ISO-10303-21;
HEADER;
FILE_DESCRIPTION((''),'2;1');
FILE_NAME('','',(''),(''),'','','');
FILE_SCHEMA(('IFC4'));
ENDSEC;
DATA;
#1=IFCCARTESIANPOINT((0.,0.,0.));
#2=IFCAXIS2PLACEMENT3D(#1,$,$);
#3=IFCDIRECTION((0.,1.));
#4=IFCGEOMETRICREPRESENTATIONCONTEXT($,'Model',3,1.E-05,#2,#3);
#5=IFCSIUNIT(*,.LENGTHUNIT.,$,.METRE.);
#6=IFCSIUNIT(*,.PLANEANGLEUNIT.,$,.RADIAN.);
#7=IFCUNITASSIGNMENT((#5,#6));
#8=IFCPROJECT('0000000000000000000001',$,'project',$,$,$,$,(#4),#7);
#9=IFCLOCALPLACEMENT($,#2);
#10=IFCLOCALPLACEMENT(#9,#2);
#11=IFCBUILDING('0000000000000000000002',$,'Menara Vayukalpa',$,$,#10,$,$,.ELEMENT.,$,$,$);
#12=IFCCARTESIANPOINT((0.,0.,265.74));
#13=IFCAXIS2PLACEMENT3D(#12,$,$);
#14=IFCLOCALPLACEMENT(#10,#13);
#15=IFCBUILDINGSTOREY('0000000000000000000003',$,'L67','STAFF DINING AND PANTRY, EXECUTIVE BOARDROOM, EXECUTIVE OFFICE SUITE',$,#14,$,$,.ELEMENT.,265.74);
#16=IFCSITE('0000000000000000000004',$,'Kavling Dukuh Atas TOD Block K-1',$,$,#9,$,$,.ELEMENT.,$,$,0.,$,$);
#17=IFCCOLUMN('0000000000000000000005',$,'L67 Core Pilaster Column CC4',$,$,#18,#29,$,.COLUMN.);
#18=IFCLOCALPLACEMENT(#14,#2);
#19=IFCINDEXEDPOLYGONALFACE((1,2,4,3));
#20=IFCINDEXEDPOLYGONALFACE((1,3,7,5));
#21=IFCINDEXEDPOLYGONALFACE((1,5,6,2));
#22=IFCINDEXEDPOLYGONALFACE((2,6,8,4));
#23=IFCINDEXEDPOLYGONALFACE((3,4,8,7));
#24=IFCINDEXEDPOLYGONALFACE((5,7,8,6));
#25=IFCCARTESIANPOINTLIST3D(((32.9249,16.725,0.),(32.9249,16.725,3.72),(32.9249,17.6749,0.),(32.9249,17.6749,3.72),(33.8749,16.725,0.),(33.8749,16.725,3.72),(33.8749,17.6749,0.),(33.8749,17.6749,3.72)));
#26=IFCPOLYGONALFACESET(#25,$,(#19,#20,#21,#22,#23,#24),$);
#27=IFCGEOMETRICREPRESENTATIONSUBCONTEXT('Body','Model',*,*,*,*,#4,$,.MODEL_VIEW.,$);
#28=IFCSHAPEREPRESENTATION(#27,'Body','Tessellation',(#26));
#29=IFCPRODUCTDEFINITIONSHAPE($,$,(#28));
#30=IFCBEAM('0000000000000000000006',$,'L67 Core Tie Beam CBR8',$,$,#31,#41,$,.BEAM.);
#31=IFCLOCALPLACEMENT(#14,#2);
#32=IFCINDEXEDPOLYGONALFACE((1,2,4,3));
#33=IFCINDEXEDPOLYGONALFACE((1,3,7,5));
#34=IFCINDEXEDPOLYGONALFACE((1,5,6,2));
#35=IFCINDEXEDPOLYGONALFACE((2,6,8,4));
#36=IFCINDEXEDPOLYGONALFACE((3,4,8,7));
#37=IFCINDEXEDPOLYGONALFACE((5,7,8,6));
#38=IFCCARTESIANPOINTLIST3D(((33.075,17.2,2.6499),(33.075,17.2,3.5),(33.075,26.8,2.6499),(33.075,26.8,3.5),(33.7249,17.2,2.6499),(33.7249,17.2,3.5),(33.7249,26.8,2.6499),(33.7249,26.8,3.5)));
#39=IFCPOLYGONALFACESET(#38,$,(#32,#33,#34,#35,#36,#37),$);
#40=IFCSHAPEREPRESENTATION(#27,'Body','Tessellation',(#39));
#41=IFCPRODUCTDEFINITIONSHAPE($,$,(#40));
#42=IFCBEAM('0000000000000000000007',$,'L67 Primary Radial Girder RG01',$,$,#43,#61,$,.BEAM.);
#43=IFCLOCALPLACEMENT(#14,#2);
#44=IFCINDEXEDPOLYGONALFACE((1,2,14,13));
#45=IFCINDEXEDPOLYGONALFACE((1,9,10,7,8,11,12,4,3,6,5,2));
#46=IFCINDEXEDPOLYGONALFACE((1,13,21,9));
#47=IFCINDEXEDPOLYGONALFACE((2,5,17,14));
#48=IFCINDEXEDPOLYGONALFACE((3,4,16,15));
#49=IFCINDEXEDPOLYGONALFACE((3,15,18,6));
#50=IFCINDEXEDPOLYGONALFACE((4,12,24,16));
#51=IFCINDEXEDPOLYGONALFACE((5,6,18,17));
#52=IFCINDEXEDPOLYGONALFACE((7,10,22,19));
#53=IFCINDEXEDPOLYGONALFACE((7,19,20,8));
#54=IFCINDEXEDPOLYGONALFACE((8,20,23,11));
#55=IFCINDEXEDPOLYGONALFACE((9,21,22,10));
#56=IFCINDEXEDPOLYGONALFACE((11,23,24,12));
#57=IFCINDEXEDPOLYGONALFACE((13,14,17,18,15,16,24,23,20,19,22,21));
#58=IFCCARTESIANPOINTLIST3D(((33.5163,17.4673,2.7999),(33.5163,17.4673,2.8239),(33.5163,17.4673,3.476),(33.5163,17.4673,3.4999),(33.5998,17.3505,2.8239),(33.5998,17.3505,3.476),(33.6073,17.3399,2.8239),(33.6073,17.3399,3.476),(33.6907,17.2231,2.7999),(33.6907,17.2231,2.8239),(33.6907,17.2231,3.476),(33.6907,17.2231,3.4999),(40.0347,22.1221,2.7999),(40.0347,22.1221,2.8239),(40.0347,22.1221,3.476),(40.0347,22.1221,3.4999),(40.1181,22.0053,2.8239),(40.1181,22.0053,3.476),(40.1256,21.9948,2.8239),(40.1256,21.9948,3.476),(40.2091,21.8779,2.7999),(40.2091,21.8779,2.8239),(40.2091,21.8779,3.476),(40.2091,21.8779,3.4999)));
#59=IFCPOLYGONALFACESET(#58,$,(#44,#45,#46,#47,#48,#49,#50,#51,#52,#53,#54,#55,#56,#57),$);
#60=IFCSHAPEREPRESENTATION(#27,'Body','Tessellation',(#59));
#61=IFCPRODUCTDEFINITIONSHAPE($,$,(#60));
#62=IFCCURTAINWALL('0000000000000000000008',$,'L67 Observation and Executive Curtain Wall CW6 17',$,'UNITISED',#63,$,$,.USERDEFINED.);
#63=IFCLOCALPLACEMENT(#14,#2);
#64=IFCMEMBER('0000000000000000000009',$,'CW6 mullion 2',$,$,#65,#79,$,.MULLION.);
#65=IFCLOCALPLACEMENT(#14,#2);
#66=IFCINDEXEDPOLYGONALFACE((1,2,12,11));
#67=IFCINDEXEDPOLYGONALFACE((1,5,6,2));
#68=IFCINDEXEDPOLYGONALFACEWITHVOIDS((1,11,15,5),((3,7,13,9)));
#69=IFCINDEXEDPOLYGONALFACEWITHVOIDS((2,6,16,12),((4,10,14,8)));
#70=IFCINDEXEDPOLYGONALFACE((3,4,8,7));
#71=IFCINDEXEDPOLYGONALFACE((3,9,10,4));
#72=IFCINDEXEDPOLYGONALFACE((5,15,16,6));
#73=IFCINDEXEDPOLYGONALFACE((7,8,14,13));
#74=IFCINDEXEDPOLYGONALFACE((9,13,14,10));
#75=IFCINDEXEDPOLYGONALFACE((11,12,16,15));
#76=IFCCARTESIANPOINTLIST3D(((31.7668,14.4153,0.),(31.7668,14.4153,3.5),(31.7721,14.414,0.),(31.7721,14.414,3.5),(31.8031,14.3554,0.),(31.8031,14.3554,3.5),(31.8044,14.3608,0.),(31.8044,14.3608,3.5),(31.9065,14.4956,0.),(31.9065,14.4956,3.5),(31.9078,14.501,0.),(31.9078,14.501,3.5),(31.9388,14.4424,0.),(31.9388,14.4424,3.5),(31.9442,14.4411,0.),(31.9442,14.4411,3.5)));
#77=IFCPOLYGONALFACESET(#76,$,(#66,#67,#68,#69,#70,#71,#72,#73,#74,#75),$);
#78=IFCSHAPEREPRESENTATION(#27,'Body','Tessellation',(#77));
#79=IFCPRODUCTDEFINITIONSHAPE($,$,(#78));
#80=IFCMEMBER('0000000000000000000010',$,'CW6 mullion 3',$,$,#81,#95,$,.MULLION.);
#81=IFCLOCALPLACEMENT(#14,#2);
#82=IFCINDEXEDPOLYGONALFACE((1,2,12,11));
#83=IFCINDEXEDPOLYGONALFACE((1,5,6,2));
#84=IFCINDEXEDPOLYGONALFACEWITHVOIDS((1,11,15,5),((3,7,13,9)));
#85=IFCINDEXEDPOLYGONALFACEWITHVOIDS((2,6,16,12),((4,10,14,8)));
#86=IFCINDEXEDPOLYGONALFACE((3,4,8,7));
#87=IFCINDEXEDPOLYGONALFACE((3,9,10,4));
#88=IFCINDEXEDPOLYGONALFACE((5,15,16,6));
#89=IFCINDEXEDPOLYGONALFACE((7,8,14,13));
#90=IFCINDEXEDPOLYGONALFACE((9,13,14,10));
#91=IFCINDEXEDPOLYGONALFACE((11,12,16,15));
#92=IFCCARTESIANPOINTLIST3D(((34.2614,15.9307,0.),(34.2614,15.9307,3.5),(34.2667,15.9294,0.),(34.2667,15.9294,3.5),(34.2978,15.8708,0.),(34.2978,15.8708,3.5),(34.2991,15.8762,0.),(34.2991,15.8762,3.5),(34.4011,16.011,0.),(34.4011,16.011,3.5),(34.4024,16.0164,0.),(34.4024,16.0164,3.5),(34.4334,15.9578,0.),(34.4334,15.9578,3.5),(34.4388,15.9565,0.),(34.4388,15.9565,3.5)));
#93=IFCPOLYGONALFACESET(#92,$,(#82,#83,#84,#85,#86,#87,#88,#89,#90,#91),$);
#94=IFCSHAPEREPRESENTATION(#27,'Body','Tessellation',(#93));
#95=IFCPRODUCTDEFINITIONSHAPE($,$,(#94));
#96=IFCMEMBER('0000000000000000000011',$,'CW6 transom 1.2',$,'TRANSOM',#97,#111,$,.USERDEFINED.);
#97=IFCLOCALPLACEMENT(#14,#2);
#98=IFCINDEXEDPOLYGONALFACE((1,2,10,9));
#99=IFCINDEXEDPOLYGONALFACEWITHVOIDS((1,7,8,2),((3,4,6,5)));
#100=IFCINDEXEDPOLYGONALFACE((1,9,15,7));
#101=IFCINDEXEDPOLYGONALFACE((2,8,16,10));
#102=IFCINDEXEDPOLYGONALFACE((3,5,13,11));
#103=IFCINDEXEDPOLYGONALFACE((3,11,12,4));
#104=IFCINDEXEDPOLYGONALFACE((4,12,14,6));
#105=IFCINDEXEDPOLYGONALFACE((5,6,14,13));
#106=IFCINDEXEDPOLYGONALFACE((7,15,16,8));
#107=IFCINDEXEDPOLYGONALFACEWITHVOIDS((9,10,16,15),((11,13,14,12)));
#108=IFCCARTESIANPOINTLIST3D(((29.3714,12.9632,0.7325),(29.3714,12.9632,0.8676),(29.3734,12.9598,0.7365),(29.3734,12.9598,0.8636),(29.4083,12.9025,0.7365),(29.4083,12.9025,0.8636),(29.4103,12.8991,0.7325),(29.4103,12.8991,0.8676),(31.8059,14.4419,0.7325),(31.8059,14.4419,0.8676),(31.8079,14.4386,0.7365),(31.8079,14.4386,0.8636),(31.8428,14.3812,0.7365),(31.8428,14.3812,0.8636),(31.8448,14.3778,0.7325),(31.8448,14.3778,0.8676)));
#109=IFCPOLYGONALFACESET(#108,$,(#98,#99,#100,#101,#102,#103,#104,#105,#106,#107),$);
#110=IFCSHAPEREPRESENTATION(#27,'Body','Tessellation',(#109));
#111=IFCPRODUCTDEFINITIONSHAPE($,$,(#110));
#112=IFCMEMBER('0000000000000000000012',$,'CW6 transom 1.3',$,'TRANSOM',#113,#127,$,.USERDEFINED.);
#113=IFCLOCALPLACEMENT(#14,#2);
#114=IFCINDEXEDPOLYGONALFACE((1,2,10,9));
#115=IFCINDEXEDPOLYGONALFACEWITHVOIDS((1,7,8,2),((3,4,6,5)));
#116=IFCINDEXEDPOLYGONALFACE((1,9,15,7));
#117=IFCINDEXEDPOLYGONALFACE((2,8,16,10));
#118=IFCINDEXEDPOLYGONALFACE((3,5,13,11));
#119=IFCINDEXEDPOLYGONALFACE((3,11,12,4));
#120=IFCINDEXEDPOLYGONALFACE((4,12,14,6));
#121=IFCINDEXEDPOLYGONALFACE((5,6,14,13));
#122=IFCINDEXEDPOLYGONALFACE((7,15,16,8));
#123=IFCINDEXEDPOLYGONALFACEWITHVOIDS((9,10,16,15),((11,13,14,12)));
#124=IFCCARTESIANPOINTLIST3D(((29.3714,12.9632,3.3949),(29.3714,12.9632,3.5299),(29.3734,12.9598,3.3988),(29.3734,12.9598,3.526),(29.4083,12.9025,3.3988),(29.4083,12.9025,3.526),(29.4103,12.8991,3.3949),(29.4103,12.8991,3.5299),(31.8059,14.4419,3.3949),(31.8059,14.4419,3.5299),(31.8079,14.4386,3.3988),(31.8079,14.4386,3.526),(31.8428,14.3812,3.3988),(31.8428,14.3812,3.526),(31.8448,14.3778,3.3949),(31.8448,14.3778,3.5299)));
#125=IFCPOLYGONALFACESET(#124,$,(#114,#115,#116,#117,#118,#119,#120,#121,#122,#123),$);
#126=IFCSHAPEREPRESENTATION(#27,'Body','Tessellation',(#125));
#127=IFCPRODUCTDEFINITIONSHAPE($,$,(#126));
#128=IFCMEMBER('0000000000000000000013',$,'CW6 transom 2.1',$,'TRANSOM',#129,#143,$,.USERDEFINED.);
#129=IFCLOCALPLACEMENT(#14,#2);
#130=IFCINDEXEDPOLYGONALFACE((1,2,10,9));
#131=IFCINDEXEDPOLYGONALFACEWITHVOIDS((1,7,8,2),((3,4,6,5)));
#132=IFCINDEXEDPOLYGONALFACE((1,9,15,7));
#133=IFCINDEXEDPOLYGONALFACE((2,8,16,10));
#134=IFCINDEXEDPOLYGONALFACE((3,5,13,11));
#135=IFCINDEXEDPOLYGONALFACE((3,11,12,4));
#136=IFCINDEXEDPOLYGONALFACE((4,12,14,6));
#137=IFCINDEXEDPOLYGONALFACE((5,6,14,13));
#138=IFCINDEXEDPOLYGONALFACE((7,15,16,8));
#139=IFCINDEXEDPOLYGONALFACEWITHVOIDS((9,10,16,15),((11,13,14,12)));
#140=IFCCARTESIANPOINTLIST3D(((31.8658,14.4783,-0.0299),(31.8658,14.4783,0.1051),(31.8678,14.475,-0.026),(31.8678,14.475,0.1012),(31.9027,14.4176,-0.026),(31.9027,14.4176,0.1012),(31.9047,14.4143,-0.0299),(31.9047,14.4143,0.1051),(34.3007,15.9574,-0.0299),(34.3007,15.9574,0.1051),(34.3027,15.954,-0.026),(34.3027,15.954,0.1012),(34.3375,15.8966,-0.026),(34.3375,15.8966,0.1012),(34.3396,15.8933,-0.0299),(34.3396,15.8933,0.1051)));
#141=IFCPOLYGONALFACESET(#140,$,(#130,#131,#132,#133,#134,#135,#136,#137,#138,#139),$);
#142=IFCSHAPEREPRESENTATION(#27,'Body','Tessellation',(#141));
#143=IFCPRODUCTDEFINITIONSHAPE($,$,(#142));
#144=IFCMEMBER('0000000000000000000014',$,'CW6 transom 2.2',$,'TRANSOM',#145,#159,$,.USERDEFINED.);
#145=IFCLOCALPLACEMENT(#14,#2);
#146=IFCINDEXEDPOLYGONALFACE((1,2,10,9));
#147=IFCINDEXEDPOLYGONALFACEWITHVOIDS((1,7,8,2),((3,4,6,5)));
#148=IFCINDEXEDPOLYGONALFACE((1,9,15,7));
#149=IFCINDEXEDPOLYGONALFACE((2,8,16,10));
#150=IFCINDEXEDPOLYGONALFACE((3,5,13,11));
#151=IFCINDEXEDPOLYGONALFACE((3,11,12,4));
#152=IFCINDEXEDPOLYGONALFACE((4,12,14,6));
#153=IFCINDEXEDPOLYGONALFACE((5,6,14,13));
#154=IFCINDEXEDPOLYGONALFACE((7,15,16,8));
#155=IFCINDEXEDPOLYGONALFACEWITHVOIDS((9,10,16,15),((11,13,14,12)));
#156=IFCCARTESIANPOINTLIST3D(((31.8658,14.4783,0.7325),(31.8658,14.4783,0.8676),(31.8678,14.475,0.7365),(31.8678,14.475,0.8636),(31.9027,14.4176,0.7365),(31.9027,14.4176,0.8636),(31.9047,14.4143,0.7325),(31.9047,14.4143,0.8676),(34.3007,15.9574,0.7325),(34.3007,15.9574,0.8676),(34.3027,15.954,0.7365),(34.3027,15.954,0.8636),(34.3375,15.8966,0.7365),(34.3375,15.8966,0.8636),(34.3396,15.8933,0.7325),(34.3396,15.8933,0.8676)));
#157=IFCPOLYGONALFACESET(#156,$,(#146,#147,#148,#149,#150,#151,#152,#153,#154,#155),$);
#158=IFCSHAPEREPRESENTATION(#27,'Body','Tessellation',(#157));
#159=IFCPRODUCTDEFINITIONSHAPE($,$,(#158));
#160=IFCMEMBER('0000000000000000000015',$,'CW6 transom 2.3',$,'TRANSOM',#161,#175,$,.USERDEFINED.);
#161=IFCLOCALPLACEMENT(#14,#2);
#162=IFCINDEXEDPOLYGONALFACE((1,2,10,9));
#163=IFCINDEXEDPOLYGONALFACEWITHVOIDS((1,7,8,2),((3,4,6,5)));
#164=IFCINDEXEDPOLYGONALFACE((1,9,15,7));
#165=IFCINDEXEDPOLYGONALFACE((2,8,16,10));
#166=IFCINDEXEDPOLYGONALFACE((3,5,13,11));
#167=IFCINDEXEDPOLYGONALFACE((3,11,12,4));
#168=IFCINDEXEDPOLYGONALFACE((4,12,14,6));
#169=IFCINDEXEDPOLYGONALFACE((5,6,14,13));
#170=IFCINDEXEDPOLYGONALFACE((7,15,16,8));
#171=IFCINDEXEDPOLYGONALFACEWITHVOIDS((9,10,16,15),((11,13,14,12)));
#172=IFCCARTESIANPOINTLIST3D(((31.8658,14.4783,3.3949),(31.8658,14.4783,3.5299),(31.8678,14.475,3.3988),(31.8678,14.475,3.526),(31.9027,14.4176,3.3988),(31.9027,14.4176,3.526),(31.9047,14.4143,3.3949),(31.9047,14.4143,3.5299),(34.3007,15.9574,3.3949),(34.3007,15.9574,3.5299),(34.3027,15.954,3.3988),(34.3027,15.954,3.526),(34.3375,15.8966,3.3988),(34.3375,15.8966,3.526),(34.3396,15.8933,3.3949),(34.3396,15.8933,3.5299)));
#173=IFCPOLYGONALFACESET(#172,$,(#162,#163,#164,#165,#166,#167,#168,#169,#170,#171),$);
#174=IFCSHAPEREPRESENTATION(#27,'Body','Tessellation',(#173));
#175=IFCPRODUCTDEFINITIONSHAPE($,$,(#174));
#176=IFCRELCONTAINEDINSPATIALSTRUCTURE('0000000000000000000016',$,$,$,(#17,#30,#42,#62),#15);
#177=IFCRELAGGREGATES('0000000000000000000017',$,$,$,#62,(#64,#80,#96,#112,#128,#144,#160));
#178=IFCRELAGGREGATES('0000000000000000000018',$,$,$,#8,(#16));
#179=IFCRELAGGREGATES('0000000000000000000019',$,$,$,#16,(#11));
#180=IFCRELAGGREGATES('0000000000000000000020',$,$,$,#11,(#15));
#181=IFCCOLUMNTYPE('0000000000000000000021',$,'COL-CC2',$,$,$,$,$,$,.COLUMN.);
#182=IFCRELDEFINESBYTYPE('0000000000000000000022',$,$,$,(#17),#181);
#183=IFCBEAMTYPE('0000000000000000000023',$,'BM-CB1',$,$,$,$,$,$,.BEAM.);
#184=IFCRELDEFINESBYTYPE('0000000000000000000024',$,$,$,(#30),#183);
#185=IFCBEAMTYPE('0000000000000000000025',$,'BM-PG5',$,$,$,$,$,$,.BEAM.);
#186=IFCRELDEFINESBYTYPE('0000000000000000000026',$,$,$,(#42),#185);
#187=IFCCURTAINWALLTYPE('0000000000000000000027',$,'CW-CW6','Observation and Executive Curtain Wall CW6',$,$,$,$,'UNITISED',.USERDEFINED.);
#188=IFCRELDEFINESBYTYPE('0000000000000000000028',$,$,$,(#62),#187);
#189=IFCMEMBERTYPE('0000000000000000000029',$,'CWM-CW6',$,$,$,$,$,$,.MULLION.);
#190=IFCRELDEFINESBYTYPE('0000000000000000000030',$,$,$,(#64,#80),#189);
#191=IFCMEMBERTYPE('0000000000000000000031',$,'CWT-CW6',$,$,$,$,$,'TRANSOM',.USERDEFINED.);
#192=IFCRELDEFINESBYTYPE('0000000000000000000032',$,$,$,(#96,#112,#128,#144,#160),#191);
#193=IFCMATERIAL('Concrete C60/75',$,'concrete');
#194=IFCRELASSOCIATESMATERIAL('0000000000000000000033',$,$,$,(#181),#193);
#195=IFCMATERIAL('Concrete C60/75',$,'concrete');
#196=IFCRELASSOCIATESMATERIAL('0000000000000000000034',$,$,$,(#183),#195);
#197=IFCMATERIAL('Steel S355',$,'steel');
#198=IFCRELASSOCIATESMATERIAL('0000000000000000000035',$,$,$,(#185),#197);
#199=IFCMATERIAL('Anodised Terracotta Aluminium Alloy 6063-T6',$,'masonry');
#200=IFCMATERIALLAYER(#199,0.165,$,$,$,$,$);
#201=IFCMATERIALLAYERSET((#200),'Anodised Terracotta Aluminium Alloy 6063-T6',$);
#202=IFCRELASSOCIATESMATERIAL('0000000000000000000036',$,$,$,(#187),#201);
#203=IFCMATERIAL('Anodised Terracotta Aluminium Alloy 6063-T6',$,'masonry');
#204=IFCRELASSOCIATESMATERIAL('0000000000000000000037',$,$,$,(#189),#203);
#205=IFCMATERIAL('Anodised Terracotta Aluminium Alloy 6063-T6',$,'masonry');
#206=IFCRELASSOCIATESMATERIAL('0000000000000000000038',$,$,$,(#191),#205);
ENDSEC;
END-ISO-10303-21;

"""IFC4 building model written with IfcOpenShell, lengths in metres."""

from ifc_helpers import new_model, si_unit, direction, frame, origin, origin_2d, place, context, subcontext, project, spatial, rectangle, hollow_rectangle, i_section, extrude, material, layer, layer_set, material_profile, profile_set, type_object, element, aggregate, save


model = new_model("IFC4")

# Units and contexts
model_context = context("Model", 3, precision=1e-05, world=origin(), true_north=direction((0.0, 1.0)))
body_context = subcontext(model_context, "Body", "Model", "MODEL_VIEW")
ifc_project = project(units=[si_unit("LENGTHUNIT", "METRE"), si_unit("PLANEANGLEUNIT", "RADIAN")], contexts=[model_context])

# Site, building, storey
site_placement = place(None, origin())
site = spatial("IfcSite", under=ifc_project, at=site_placement, Name="Kavling Dukuh Atas TOD Block K-1", CompositionType="ELEMENT", RefElevation=0.0)
building_placement = place(site_placement, origin())
building = spatial("IfcBuilding", under=site, at=building_placement, Name="Menara Vayukalpa", CompositionType="ELEMENT")
storey_placement = place(building_placement, frame((0.0, 0.0, 265.74)))
storey = spatial("IfcBuildingStorey", under=building, at=storey_placement, Name="L67", Description="STAFF DINING AND PANTRY, EXECUTIVE BOARDROOM, EXECUTIVE OFFICE SUITE", CompositionType="ELEMENT", Elevation=265.74)

# Column
ifc_material_1 = material(Name="Concrete C60/75", Category="concrete")
ifc_material_profile_1 = material_profile(ifc_material_1, rectangle(XDim=0.95, YDim=0.95, at=origin_2d()), Name="RC 950x950")
ifc_profile_set_1 = profile_set([ifc_material_profile_1], Name="Concrete C60/75")
column_type = type_object("IfcColumnType", Name="COL-CC2", PredefinedType="COLUMN", material=ifc_profile_set_1)
column_placement = place(storey_placement, frame((33.3999, 17.2, 0.0), z_axis=(0.0, 0.0, 1.0), x_axis=(1.0, 0.0, 0.0)))
element("IfcColumn", 1, at=column_placement, inside=storey, type_object=column_type, Name="L67 Core Pilaster Column CC4", PredefinedType="COLUMN", context=body_context, shape_type="SweptSolid", body=[
    extrude(rectangle(XDim=0.95, YDim=0.95, at=origin_2d()), origin(), (0.0, 0.0, 1.0), 3.72),
])

# Beams
ifc_material_2 = material(Name="Concrete C60/75", Category="concrete")
ifc_material_profile_2 = material_profile(ifc_material_2, rectangle(XDim=0.6499, YDim=0.8501, at=origin_2d()), Name="RC 650x850")
ifc_profile_set_2 = profile_set([ifc_material_profile_2], Name="Concrete C60/75")
beam_type_1 = type_object("IfcBeamType", Name="BM-CB1", PredefinedType="BEAM", material=ifc_profile_set_2)
beam_1_placement = place(storey_placement, frame((33.3999, 17.2, 3.075), z_axis=(0.0, 1.0, 0.0), x_axis=(-1.0, 0.0, 0.0)))
element("IfcBeam", 2, at=beam_1_placement, inside=storey, type_object=beam_type_1, Name="L67 Core Tie Beam CBR8", PredefinedType="BEAM", context=body_context, shape_type="SweptSolid", body=[
    extrude(rectangle(XDim=0.6499, YDim=0.8501, at=origin_2d()), origin(), (0.0, 0.0, 1.0), 9.6001),
])
ifc_material_3 = material(Name="Steel S355", Category="steel")
ifc_material_profile_3 = material_profile(ifc_material_3, i_section(OverallWidth=0.3, OverallDepth=0.7, WebThickness=0.0129, FlangeThickness=0.0239, at=origin_2d()), Name="WF 700x300x13x24")
ifc_profile_set_3 = profile_set([ifc_material_profile_3], Name="Steel S355")
beam_type_2 = type_object("IfcBeamType", Name="BM-PG5", PredefinedType="BEAM", material=ifc_profile_set_3)
beam_2_placement = place(storey_placement, frame((33.6035, 17.3452, 3.1499), z_axis=(0.813801, 0.581143, 0.0), x_axis=(-0.581143, 0.813801, 0.0)))
element("IfcBeam", 3, at=beam_2_placement, inside=storey, type_object=beam_type_2, Name="L67 Primary Radial Girder RG01", PredefinedType="BEAM", context=body_context, shape_type="SweptSolid", body=[
    extrude(i_section(OverallWidth=0.3, OverallDepth=0.7, WebThickness=0.0129, FlangeThickness=0.0239, at=origin_2d()), origin(), (0.0, 0.0, 1.0), 8.0098),
])

# Curtain wall, members
ifc_material_4 = material(Name="Anodised Terracotta Aluminium Alloy 6063-T6", Category="masonry")
ifc_layer_1 = layer(ifc_material_4, 0.165)
ifc_layer_set_1 = layer_set([ifc_layer_1], Name="Anodised Terracotta Aluminium Alloy 6063-T6")
curtain_wall_type = type_object("IfcCurtainWallType", Name="CW-CW6", Description="Observation and Executive Curtain Wall CW6", ElementType="UNITISED", PredefinedType="USERDEFINED", material=ifc_layer_set_1)
curtain_wall_placement = place(storey_placement, origin())
curtain_wall = element("IfcCurtainWall", 4, at=curtain_wall_placement, inside=storey, type_object=curtain_wall_type, Name="L67 Observation and Executive Curtain Wall CW6 17", ObjectType="UNITISED", PredefinedType="USERDEFINED")
ifc_material_5 = material(Name="Anodised Terracotta Aluminium Alloy 6063-T6", Category="masonry")
ifc_material_profile_4 = material_profile(ifc_material_5, hollow_rectangle(XDim=0.0701, YDim=0.165, WallThickness=0.0039, at=origin_2d()), Name="ALU 70x165x4")
ifc_profile_set_4 = profile_set([ifc_material_profile_4], Name="Anodised Terracotta Aluminium Alloy 6063-T6")
member_type_1 = type_object("IfcMemberType", Name="CWM-CW6", PredefinedType="MULLION", material=ifc_profile_set_4)
member_1_placement = place(storey_placement, frame((31.8555, 14.4282, 0.0), z_axis=(0.0, 0.0, 1.0), x_axis=(-0.519176, 0.854668, 0.0)))
member_1 = element("IfcMember", 5, at=member_1_placement, type_object=member_type_1, Name="CW6 mullion 2", PredefinedType="MULLION", context=body_context, shape_type="SweptSolid", body=[
    extrude(hollow_rectangle(XDim=0.0701, YDim=0.165, WallThickness=0.0039, at=origin_2d()), origin(), (0.0, 0.0, 1.0), 3.5),
])
member_2_placement = place(storey_placement, frame((34.3501, 15.9436, 0.0), z_axis=(0.0, 0.0, 1.0), x_axis=(-0.519176, 0.854668, 0.0)))
member_2 = element("IfcMember", 6, at=member_2_placement, type_object=member_type_1, Name="CW6 mullion 3", PredefinedType="MULLION", context=body_context, shape_type="SweptSolid", body=[
    extrude(hollow_rectangle(XDim=0.0701, YDim=0.165, WallThickness=0.0039, at=origin_2d()), origin(), (0.0, 0.0, 1.0), 3.5),
])
ifc_material_6 = material(Name="Anodised Terracotta Aluminium Alloy 6063-T6", Category="masonry")
ifc_material_profile_5 = material_profile(ifc_material_6, hollow_rectangle(XDim=0.075, YDim=0.135, WallThickness=0.0039, at=origin_2d()), Name="ALU 75x135x4")
ifc_profile_set_5 = profile_set([ifc_material_profile_5], Name="Anodised Terracotta Aluminium Alloy 6063-T6")
member_type_2 = type_object("IfcMemberType", Name="CWT-CW6", ElementType="TRANSOM", PredefinedType="USERDEFINED", material=ifc_profile_set_5)
member_3_placement = place(storey_placement, frame((29.3909, 12.9312, 0.8), z_axis=(0.85469, 0.519139, 0.0), x_axis=(-0.519139, 0.85469, 0.0)))
member_3 = element("IfcMember", 7, at=member_3_placement, type_object=member_type_2, Name="CW6 transom 1.2", ObjectType="TRANSOM", PredefinedType="USERDEFINED", context=body_context, shape_type="SweptSolid", body=[
    extrude(hollow_rectangle(XDim=0.075, YDim=0.135, WallThickness=0.0039, at=origin_2d()), origin(), (0.0, 0.0, 1.0), 2.8484),
])
member_4_placement = place(storey_placement, frame((29.3909, 12.9312, 3.4624), z_axis=(0.85469, 0.519139, 0.0), x_axis=(-0.519139, 0.85469, 0.0)))
member_4 = element("IfcMember", 8, at=member_4_placement, type_object=member_type_2, Name="CW6 transom 1.3", ObjectType="TRANSOM", PredefinedType="USERDEFINED", context=body_context, shape_type="SweptSolid", body=[
    extrude(hollow_rectangle(XDim=0.075, YDim=0.135, WallThickness=0.0039, at=origin_2d()), origin(), (0.0, 0.0, 1.0), 2.8484),
])
member_5_placement = place(storey_placement, frame((31.8853, 14.4463, 0.0376), z_axis=(0.854675, 0.519164, 0.0), x_axis=(-0.519164, 0.854675, 0.0)))
member_5 = element("IfcMember", 9, at=member_5_placement, type_object=member_type_2, Name="CW6 transom 2.1", ObjectType="TRANSOM", PredefinedType="USERDEFINED", context=body_context, shape_type="SweptSolid", body=[
    extrude(hollow_rectangle(XDim=0.075, YDim=0.135, WallThickness=0.0039, at=origin_2d()), origin(), (0.0, 0.0, 1.0), 2.8489),
])
member_6_placement = place(storey_placement, frame((31.8853, 14.4463, 0.8), z_axis=(0.854675, 0.519164, 0.0), x_axis=(-0.519164, 0.854675, 0.0)))
member_6 = element("IfcMember", 10, at=member_6_placement, type_object=member_type_2, Name="CW6 transom 2.2", ObjectType="TRANSOM", PredefinedType="USERDEFINED", context=body_context, shape_type="SweptSolid", body=[
    extrude(hollow_rectangle(XDim=0.075, YDim=0.135, WallThickness=0.0039, at=origin_2d()), origin(), (0.0, 0.0, 1.0), 2.8489),
])
member_7_placement = place(storey_placement, frame((31.8853, 14.4463, 3.4624), z_axis=(0.854675, 0.519164, 0.0), x_axis=(-0.519164, 0.854675, 0.0)))
member_7 = element("IfcMember", 11, at=member_7_placement, type_object=member_type_2, Name="CW6 transom 2.3", ObjectType="TRANSOM", PredefinedType="USERDEFINED", context=body_context, shape_type="SweptSolid", body=[
    extrude(hollow_rectangle(XDim=0.075, YDim=0.135, WallThickness=0.0039, at=origin_2d()), origin(), (0.0, 0.0, 1.0), 2.8489),
])
aggregate(curtain_wall, [member_1, member_2, member_3, member_4, member_5, member_6, member_7])

save(model, "model.ifc")
